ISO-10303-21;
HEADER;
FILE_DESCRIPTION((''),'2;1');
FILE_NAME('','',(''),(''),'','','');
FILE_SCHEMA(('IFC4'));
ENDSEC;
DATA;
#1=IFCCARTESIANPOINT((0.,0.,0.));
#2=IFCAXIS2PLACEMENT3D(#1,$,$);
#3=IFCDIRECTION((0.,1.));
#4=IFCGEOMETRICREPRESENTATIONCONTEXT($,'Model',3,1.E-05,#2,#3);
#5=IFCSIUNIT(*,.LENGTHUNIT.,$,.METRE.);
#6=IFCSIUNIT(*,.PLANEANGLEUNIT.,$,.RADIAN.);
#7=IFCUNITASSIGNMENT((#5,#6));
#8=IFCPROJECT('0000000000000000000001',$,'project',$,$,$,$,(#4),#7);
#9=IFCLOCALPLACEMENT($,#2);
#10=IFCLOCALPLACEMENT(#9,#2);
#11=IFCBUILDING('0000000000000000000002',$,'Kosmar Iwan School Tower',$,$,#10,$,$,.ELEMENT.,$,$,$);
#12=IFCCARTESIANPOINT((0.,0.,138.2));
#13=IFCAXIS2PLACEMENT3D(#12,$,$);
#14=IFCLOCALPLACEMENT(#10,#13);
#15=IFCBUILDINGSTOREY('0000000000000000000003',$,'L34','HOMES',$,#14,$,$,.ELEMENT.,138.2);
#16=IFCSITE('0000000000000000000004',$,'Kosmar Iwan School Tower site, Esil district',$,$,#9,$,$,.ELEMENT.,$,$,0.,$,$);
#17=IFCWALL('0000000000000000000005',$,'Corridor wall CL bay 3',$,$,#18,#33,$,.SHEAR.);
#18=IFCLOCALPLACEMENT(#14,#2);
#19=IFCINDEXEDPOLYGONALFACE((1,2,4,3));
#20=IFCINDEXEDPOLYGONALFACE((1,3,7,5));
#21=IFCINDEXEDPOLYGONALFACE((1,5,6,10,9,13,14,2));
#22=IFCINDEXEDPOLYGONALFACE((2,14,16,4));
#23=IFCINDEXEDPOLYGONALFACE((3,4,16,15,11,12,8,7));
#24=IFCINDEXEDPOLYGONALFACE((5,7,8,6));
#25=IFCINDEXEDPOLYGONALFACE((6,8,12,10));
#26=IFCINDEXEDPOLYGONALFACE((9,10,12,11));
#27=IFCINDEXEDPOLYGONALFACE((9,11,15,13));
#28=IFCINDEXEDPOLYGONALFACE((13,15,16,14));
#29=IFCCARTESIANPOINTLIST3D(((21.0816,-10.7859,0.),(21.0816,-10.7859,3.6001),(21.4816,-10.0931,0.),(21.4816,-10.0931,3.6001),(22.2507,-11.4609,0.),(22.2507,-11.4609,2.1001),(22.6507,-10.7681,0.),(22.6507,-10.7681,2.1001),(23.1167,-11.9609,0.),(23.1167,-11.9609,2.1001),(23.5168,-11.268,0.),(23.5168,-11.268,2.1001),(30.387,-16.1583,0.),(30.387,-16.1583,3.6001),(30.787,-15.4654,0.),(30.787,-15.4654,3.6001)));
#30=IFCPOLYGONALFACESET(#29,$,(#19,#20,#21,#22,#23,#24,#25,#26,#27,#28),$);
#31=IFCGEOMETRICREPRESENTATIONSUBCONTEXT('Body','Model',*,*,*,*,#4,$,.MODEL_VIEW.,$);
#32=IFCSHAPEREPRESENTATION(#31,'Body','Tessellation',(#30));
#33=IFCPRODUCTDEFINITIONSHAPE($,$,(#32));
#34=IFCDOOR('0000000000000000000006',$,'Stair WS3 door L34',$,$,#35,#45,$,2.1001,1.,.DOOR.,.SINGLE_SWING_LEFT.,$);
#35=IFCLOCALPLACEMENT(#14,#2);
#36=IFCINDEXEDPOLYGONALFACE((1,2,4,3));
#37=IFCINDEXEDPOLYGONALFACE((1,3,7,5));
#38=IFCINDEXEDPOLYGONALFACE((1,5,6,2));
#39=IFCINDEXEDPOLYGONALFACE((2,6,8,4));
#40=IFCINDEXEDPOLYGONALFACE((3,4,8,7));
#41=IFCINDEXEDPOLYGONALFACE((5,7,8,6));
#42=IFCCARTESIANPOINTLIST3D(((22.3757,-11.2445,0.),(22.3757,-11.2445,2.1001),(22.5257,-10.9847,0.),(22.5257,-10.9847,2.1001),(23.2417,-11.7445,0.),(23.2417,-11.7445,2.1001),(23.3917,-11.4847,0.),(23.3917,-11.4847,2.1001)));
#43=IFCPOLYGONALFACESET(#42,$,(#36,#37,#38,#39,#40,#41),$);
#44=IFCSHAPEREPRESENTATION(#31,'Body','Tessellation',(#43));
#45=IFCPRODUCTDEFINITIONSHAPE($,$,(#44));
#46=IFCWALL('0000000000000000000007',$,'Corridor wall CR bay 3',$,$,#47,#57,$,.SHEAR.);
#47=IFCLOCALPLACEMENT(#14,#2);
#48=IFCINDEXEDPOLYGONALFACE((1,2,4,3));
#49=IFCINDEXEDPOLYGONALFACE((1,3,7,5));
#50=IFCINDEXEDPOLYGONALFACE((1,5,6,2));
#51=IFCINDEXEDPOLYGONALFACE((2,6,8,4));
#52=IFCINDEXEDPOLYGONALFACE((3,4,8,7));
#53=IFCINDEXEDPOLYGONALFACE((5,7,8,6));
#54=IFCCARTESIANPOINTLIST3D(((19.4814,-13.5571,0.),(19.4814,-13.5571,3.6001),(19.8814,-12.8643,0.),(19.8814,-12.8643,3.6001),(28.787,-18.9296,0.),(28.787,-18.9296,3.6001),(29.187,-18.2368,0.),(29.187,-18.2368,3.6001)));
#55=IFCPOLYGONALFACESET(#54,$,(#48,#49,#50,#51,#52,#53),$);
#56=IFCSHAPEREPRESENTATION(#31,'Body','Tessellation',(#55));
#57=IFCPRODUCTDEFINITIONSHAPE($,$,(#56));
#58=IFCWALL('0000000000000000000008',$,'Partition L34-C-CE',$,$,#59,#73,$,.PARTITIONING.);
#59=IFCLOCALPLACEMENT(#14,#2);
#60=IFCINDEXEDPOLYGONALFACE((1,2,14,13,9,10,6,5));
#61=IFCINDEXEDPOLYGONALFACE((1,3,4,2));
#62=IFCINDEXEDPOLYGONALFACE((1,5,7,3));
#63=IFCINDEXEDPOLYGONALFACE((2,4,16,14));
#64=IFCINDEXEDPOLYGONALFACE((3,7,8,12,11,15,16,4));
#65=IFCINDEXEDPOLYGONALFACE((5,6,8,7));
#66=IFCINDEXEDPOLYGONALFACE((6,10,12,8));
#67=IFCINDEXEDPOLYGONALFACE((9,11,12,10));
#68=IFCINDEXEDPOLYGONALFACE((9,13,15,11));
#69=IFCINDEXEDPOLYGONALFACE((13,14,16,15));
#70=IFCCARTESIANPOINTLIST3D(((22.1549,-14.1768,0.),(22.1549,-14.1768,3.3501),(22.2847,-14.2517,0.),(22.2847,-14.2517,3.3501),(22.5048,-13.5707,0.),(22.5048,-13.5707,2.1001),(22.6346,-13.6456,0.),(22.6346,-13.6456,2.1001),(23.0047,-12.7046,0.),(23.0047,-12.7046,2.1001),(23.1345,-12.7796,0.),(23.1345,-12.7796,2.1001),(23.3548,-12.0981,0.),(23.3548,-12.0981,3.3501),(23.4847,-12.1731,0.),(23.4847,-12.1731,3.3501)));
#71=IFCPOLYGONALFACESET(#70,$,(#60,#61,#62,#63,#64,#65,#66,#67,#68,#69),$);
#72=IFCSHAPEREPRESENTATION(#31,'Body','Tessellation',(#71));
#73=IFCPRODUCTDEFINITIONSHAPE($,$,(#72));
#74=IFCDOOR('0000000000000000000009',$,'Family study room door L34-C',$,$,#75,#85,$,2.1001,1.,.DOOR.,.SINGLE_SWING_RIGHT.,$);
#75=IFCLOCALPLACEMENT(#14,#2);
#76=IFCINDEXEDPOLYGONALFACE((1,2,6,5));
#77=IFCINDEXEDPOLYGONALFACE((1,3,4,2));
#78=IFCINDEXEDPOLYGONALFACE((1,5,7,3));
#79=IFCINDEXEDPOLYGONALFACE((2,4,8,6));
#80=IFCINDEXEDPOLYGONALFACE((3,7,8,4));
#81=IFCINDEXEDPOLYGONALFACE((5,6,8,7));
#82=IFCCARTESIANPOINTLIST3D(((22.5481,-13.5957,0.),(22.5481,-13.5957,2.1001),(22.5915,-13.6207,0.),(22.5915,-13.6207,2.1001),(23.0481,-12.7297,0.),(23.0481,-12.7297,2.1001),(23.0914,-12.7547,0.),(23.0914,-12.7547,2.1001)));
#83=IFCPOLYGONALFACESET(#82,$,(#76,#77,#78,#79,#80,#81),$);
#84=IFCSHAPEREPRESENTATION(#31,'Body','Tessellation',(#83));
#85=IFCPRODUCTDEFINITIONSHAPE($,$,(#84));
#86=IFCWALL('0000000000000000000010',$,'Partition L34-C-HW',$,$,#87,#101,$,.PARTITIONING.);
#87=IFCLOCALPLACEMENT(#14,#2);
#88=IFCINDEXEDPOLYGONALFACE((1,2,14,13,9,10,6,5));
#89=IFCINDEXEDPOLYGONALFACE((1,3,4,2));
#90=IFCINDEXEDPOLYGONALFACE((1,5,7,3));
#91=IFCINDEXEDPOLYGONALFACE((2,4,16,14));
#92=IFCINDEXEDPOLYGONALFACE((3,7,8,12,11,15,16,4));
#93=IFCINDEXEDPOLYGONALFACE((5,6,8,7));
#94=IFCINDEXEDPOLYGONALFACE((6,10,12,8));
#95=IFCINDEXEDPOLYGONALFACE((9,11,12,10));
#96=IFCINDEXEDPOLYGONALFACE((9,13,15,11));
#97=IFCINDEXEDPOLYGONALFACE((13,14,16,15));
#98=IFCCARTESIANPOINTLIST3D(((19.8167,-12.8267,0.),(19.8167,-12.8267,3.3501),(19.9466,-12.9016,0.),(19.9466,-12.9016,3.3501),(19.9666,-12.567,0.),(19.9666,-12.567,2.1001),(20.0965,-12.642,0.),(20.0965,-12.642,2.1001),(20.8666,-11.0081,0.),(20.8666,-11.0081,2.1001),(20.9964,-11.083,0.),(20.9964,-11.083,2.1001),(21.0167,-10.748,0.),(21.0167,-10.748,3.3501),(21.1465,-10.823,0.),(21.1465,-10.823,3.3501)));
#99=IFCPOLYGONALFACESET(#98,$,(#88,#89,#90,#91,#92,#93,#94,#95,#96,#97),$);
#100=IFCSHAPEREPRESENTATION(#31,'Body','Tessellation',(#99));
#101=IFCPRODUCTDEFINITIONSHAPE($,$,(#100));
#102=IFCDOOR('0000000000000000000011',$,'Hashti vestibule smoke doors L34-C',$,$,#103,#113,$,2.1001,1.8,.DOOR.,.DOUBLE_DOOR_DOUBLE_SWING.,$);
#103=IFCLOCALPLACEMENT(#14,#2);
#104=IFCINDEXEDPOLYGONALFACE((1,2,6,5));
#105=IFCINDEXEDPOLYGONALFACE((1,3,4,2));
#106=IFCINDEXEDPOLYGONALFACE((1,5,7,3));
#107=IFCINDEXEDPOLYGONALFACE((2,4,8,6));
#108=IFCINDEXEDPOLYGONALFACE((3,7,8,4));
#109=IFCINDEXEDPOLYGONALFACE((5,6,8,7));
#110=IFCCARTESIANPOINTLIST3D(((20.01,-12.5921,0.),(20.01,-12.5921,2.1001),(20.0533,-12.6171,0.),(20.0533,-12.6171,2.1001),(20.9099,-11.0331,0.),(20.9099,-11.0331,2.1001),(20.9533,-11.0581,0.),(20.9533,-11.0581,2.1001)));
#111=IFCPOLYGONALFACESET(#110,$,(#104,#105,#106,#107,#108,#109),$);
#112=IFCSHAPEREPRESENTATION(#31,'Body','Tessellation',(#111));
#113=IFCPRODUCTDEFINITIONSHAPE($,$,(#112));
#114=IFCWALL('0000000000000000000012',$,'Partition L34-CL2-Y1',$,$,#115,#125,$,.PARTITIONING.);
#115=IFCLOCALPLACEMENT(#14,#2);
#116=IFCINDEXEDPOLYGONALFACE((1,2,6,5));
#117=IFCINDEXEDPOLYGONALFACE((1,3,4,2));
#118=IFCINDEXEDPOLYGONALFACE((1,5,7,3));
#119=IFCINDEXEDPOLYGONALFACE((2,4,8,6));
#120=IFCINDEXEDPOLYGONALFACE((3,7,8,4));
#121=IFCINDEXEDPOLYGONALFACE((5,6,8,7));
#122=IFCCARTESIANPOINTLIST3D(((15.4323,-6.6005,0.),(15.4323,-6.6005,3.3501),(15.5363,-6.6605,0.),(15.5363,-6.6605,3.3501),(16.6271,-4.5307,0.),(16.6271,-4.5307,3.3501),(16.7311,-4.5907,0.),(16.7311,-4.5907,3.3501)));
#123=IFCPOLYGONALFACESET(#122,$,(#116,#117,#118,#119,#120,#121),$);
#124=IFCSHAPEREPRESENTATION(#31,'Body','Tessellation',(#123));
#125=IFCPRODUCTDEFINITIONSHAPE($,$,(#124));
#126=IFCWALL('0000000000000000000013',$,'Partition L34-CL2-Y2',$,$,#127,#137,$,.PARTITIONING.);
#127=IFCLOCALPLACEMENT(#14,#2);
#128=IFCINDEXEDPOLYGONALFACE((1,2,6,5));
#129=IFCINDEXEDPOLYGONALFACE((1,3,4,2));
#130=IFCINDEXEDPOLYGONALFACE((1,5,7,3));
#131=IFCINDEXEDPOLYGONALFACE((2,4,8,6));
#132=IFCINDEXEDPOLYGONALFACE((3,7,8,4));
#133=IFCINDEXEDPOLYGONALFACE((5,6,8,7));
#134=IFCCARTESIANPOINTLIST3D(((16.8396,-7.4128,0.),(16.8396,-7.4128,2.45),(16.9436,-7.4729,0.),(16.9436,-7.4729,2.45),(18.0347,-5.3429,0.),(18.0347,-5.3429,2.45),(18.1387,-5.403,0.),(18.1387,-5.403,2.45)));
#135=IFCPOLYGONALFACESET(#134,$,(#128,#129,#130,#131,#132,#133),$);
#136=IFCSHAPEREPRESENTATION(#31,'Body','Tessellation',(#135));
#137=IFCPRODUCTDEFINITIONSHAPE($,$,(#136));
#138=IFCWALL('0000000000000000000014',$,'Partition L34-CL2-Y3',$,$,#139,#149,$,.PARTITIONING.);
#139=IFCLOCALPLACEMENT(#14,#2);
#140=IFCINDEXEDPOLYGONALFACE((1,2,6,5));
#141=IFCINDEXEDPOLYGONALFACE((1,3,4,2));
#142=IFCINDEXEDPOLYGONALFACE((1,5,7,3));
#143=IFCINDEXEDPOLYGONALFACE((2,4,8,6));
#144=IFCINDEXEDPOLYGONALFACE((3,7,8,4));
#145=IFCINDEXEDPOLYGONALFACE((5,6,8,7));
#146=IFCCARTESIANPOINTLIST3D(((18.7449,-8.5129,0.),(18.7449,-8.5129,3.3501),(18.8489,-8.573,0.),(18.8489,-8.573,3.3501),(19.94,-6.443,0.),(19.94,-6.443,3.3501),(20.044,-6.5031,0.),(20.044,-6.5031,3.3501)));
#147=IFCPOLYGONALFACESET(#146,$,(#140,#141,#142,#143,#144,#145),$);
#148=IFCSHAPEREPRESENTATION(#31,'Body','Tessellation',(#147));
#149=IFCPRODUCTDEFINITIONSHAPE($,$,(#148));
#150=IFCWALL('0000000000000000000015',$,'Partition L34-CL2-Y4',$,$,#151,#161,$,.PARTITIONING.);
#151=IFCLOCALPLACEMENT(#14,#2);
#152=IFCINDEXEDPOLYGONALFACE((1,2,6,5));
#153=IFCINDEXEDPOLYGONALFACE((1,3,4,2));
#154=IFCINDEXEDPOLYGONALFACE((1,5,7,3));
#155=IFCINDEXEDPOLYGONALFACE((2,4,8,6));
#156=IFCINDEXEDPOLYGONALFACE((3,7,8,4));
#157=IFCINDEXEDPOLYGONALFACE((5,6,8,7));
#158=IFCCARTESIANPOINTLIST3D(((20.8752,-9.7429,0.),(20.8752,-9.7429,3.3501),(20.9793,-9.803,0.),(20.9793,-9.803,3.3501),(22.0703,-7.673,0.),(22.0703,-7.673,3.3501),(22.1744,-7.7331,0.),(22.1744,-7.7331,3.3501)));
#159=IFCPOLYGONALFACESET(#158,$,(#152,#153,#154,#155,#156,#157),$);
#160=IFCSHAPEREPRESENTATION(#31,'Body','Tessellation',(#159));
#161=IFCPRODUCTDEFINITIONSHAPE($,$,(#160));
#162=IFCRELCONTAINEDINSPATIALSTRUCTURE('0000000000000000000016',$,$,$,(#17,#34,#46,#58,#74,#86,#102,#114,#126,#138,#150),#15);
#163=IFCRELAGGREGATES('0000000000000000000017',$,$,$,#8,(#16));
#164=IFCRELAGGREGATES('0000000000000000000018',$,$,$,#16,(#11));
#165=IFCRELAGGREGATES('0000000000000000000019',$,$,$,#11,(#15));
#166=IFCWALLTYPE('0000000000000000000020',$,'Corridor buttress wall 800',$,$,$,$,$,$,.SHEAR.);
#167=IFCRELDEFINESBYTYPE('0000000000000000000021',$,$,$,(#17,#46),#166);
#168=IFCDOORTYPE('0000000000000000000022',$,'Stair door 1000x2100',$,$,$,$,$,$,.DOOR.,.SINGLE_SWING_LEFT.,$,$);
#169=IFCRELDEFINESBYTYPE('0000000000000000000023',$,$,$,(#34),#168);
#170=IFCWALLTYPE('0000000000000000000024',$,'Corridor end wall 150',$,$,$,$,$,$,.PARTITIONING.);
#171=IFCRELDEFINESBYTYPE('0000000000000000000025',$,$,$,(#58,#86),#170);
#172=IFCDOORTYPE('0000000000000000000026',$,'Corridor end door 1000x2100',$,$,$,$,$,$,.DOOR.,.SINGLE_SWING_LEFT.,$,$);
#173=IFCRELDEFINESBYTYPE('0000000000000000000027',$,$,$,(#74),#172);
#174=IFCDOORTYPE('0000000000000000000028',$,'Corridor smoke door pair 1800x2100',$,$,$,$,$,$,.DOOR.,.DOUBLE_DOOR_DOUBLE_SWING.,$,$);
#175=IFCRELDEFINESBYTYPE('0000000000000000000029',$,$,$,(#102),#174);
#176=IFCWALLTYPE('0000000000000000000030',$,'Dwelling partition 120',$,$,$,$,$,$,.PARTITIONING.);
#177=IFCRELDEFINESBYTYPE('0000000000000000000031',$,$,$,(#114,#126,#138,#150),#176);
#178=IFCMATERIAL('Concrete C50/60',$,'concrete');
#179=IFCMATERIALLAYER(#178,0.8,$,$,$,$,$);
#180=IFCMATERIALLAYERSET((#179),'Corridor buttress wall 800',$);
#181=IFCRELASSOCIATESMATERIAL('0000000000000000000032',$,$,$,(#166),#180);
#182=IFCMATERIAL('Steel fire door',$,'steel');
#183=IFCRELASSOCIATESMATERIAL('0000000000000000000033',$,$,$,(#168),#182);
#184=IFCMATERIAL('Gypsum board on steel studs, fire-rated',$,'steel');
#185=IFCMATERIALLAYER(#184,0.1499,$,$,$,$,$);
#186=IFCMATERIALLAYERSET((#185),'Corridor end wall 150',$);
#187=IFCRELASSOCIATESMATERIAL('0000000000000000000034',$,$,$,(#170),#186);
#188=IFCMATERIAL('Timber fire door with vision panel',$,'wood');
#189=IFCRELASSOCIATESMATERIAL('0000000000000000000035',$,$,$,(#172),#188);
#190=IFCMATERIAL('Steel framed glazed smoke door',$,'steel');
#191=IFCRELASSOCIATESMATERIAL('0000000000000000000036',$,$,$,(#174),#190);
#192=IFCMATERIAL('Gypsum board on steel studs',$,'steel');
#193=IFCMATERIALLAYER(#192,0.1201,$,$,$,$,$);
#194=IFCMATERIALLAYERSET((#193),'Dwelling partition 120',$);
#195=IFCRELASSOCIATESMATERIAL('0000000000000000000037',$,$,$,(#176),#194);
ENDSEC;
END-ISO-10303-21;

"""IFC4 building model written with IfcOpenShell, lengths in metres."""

from ifc_helpers import new_model, si_unit, direction, frame, frame_2d, origin, place, context, subcontext, project, spatial, rectangle, extrude, material, layer, layer_set, type_object, element, fill, save


model = new_model("IFC4")

# Units and contexts
model_context = context("Model", 3, precision=1e-05, world=origin(), true_north=direction((0.0, 1.0)))
body_context = subcontext(model_context, "Body", "Model", "MODEL_VIEW")
ifc_project = project(units=[si_unit("LENGTHUNIT", "METRE"), si_unit("PLANEANGLEUNIT", "RADIAN")], contexts=[model_context])

# Site, building, storey
site_placement = place(None, origin())
site = spatial("IfcSite", under=ifc_project, at=site_placement, Name="Kosmar Iwan School Tower site, Esil district", CompositionType="ELEMENT", RefElevation=0.0)
building_placement = place(site_placement, origin())
building = spatial("IfcBuilding", under=site, at=building_placement, Name="Kosmar Iwan School Tower", CompositionType="ELEMENT")
storey_placement = place(building_placement, frame((0.0, 0.0, 138.2)))
storey = spatial("IfcBuildingStorey", under=building, at=storey_placement, Name="L34", Description="HOMES", CompositionType="ELEMENT", Elevation=138.2)

# Wall, opening, door
ifc_material_1 = material(Name="Concrete C50/60", Category="concrete")
ifc_layer_1 = layer(ifc_material_1, 0.8)
ifc_layer_set_1 = layer_set([ifc_layer_1], Name="Corridor buttress wall 800")
wall_type_1 = type_object("IfcWallType", Name="Corridor buttress wall 800", PredefinedType="SHEAR", material=ifc_layer_set_1)
wall_1_placement = place(storey_placement, frame((21.2815, -10.4395, 0.0), z_axis=(0.0, 0.0, 1.0), x_axis=(0.866032, -0.499988, 0.0)))
wall_1 = element("IfcWall", 1, at=wall_1_placement, inside=storey, type_object=wall_type_1, Name="Corridor wall CL bay 3", PredefinedType="SHEAR", context=body_context, shape_type="SweptSolid", body=[
    extrude(rectangle(XDim=10.7449, YDim=0.8, at=frame_2d((5.3726, 0.0))), origin(), (0.0, 0.0, 1.0), 3.6001),
])
opening_1_placement = place(wall_1_placement, frame((1.3501, 0.0, 0.0)))
opening_1 = element("IfcOpeningElement", 2, at=opening_1_placement, cuts=wall_1, PredefinedType="OPENING", context=body_context, shape_type="SweptSolid", body=[
    extrude(rectangle(XDim=1.0, YDim=2.1001, at=frame_2d((0.5, 1.05))), frame((0.0, 0.4121, 0.0), z_axis=(0.0, -1.0, 0.0), x_axis=(1.0, 0.0, 0.0)), (0.0, 0.0, 1.0), 0.824),
])
ifc_material_2 = material(Name="Steel fire door", Category="steel")
door_type_1 = type_object("IfcDoorType", Name="Stair door 1000x2100", OperationType="SINGLE_SWING_LEFT", PredefinedType="DOOR", material=ifc_material_2)
door_1_placement = place(opening_1_placement, origin())
door_1 = element("IfcDoor", 3, at=door_1_placement, inside=storey, type_object=door_type_1, Name="Stair WS3 door L34", OperationType="SINGLE_SWING_LEFT", OverallHeight=2.1001, OverallWidth=1.0, PredefinedType="DOOR", context=body_context, shape_type="SweptSolid", body=[
    extrude(rectangle(XDim=1.0, YDim=2.1001, at=frame_2d((0.5, 1.05))), frame((0.0, 0.1499, 0.0), z_axis=(0.0, -1.0, 0.0), x_axis=(1.0, 0.0, 0.0)), (0.0, 0.0, 1.0), 0.3),
])
fill(opening_1, door_1)

# Wall
wall_2_placement = place(storey_placement, frame((19.6814, -13.2107, 0.0), z_axis=(0.0, 0.0, 1.0), x_axis=(0.866028, -0.499995, 0.0)))
element("IfcWall", 4, at=wall_2_placement, inside=storey, type_object=wall_type_1, Name="Corridor wall CR bay 3", PredefinedType="SHEAR", context=body_context, shape_type="SweptSolid", body=[
    extrude(rectangle(XDim=10.7451, YDim=0.8, at=frame_2d((5.3726, 0.0))), origin(), (0.0, 0.0, 1.0), 3.6001),
])

# Walls, openings, doors
ifc_material_3 = material(Name="Gypsum board on steel studs, fire-rated", Category="steel")
ifc_layer_2 = layer(ifc_material_3, 0.1499)
ifc_layer_set_2 = layer_set([ifc_layer_2], Name="Corridor end wall 150")
wall_type_2 = type_object("IfcWallType", Name="Corridor end wall 150", PredefinedType="PARTITIONING", material=ifc_layer_set_2)
wall_3_placement = place(storey_placement, frame((22.2197, -14.2144, 0.0), z_axis=(0.0, 0.0, 1.0), x_axis=(0.499957, 0.86605, 0.0)))
wall_3 = element("IfcWall", 5, at=wall_3_placement, inside=storey, type_object=wall_type_2, Name="Partition L34-C-CE", PredefinedType="PARTITIONING", context=body_context, shape_type="SweptSolid", body=[
    extrude(rectangle(XDim=2.4001, YDim=0.1499, at=frame_2d((1.2002, 0.0))), origin(), (0.0, 0.0, 1.0), 3.3501),
])
opening_2_placement = place(wall_3_placement, frame((0.7, 0.0, 0.0)))
opening_2 = element("IfcOpeningElement", 6, at=opening_2_placement, cuts=wall_3, PredefinedType="OPENING", context=body_context, shape_type="SweptSolid", body=[
    extrude(rectangle(XDim=1.0, YDim=2.1001, at=frame_2d((0.5, 1.05))), frame((0.0, 0.0869, 0.0), z_axis=(0.0, -1.0, 0.0), x_axis=(1.0, 0.0, 0.0)), (0.0, 0.0, 1.0), 0.1738),
])
ifc_material_4 = material(Name="Timber fire door with vision panel", Category="wood")
door_type_2 = type_object("IfcDoorType", Name="Corridor end door 1000x2100", OperationType="SINGLE_SWING_LEFT", PredefinedType="DOOR", material=ifc_material_4)
door_2_placement = place(opening_2_placement, origin())
door_2 = element("IfcDoor", 7, at=door_2_placement, inside=storey, type_object=door_type_2, Name="Family study room door L34-C", OperationType="SINGLE_SWING_RIGHT", OverallHeight=2.1001, OverallWidth=1.0, PredefinedType="DOOR", context=body_context, shape_type="SweptSolid", body=[
    extrude(rectangle(XDim=1.0, YDim=2.1001, at=frame_2d((0.5, 1.05))), frame((0.0, 0.0249, 0.0), z_axis=(0.0, -1.0, 0.0), x_axis=(1.0, 0.0, 0.0)), (0.0, 0.0, 1.0), 0.05),
])
fill(opening_2, door_2)
wall_4_placement = place(storey_placement, frame((19.8816, -12.8643, 0.0), z_axis=(0.0, 0.0, 1.0), x_axis=(0.499957, 0.86605, 0.0)))
wall_4 = element("IfcWall", 8, at=wall_4_placement, inside=storey, type_object=wall_type_2, Name="Partition L34-C-HW", PredefinedType="PARTITIONING", context=body_context, shape_type="SweptSolid", body=[
    extrude(rectangle(XDim=2.4001, YDim=0.1499, at=frame_2d((1.2002, 0.0))), origin(), (0.0, 0.0, 1.0), 3.3501),
])
opening_3_placement = place(wall_4_placement, frame((0.3, 0.0, 0.0)))
opening_3 = element("IfcOpeningElement", 9, at=opening_3_placement, cuts=wall_4, PredefinedType="OPENING", context=body_context, shape_type="SweptSolid", body=[
    extrude(rectangle(XDim=1.8, YDim=2.1001, at=frame_2d((0.8999, 1.05))), frame((0.0, 0.0869, 0.0), z_axis=(0.0, -1.0, 0.0), x_axis=(1.0, 0.0, 0.0)), (0.0, 0.0, 1.0), 0.1738),
])
ifc_material_5 = material(Name="Steel framed glazed smoke door", Category="steel")
door_type_3 = type_object("IfcDoorType", Name="Corridor smoke door pair 1800x2100", OperationType="DOUBLE_DOOR_DOUBLE_SWING", PredefinedType="DOOR", material=ifc_material_5)
door_3_placement = place(opening_3_placement, origin())
door_3 = element("IfcDoor", 10, at=door_3_placement, inside=storey, type_object=door_type_3, Name="Hashti vestibule smoke doors L34-C", OperationType="DOUBLE_DOOR_DOUBLE_SWING", OverallHeight=2.1001, OverallWidth=1.8, PredefinedType="DOOR", context=body_context, shape_type="SweptSolid", body=[
    extrude(rectangle(XDim=1.8, YDim=2.1001, at=frame_2d((0.8999, 1.05))), frame((0.0, 0.0249, 0.0), z_axis=(0.0, -1.0, 0.0), x_axis=(1.0, 0.0, 0.0)), (0.0, 0.0, 1.0), 0.05),
])
fill(opening_3, door_3)

# Walls
ifc_material_6 = material(Name="Gypsum board on steel studs", Category="steel")
ifc_layer_3 = layer(ifc_material_6, 0.1201)
ifc_layer_set_3 = layer_set([ifc_layer_3], Name="Dwelling partition 120")
wall_type_3 = type_object("IfcWallType", Name="Dwelling partition 120", PredefinedType="PARTITIONING", material=ifc_layer_set_3)
wall_5_placement = place(storey_placement, frame((15.4844, -6.6304, 0.0), z_axis=(0.0, 0.0, 1.0), x_axis=(0.499941, 0.86606, 0.0)))
element("IfcWall", 11, at=wall_5_placement, inside=storey, type_object=wall_type_3, Name="Partition L34-CL2-Y1", PredefinedType="PARTITIONING", context=body_context, shape_type="SweptSolid", body=[
    extrude(rectangle(XDim=2.3899, YDim=0.1201, at=frame_2d((1.1948, 0.0))), origin(), (0.0, 0.0, 1.0), 3.3501),
])
wall_6_placement = place(storey_placement, frame((16.8916, -7.4429, 0.0), z_axis=(0.0, 0.0, 1.0), x_axis=(0.500017, 0.866015, 0.0)))
element("IfcWall", 12, at=wall_6_placement, inside=storey, type_object=wall_type_3, Name="Partition L34-CL2-Y2", PredefinedType="PARTITIONING", context=body_context, shape_type="SweptSolid", body=[
    extrude(rectangle(XDim=2.3901, YDim=0.1201, at=frame_2d((1.1951, 0.0))), origin(), (0.0, 0.0, 1.0), 2.45),
])
for number, where, z_axis, x_axis, name in (
    (13, (18.7969, -8.543, 0.0), (0.0, 0.0, 1.0), (0.500017, 0.866015, 0.0), "Partition L34-CL2-Y3"),
    (14, (20.9272, -9.7729, 0.0), (0.0, 0.0, 1.0), (0.500017, 0.866015, 0.0), "Partition L34-CL2-Y4"),
):
    element("IfcWall", number, at=place(storey_placement, frame(where, z_axis=z_axis, x_axis=x_axis)), inside=storey, type_object=wall_type_3, Name=name, PredefinedType="PARTITIONING", context=body_context, shape_type="SweptSolid", body=[
        extrude(rectangle(XDim=2.3901, YDim=0.1201, at=frame_2d((1.1951, 0.0))), origin(), (0.0, 0.0, 1.0), 3.3501),
    ])

save(model, "model.ifc")
